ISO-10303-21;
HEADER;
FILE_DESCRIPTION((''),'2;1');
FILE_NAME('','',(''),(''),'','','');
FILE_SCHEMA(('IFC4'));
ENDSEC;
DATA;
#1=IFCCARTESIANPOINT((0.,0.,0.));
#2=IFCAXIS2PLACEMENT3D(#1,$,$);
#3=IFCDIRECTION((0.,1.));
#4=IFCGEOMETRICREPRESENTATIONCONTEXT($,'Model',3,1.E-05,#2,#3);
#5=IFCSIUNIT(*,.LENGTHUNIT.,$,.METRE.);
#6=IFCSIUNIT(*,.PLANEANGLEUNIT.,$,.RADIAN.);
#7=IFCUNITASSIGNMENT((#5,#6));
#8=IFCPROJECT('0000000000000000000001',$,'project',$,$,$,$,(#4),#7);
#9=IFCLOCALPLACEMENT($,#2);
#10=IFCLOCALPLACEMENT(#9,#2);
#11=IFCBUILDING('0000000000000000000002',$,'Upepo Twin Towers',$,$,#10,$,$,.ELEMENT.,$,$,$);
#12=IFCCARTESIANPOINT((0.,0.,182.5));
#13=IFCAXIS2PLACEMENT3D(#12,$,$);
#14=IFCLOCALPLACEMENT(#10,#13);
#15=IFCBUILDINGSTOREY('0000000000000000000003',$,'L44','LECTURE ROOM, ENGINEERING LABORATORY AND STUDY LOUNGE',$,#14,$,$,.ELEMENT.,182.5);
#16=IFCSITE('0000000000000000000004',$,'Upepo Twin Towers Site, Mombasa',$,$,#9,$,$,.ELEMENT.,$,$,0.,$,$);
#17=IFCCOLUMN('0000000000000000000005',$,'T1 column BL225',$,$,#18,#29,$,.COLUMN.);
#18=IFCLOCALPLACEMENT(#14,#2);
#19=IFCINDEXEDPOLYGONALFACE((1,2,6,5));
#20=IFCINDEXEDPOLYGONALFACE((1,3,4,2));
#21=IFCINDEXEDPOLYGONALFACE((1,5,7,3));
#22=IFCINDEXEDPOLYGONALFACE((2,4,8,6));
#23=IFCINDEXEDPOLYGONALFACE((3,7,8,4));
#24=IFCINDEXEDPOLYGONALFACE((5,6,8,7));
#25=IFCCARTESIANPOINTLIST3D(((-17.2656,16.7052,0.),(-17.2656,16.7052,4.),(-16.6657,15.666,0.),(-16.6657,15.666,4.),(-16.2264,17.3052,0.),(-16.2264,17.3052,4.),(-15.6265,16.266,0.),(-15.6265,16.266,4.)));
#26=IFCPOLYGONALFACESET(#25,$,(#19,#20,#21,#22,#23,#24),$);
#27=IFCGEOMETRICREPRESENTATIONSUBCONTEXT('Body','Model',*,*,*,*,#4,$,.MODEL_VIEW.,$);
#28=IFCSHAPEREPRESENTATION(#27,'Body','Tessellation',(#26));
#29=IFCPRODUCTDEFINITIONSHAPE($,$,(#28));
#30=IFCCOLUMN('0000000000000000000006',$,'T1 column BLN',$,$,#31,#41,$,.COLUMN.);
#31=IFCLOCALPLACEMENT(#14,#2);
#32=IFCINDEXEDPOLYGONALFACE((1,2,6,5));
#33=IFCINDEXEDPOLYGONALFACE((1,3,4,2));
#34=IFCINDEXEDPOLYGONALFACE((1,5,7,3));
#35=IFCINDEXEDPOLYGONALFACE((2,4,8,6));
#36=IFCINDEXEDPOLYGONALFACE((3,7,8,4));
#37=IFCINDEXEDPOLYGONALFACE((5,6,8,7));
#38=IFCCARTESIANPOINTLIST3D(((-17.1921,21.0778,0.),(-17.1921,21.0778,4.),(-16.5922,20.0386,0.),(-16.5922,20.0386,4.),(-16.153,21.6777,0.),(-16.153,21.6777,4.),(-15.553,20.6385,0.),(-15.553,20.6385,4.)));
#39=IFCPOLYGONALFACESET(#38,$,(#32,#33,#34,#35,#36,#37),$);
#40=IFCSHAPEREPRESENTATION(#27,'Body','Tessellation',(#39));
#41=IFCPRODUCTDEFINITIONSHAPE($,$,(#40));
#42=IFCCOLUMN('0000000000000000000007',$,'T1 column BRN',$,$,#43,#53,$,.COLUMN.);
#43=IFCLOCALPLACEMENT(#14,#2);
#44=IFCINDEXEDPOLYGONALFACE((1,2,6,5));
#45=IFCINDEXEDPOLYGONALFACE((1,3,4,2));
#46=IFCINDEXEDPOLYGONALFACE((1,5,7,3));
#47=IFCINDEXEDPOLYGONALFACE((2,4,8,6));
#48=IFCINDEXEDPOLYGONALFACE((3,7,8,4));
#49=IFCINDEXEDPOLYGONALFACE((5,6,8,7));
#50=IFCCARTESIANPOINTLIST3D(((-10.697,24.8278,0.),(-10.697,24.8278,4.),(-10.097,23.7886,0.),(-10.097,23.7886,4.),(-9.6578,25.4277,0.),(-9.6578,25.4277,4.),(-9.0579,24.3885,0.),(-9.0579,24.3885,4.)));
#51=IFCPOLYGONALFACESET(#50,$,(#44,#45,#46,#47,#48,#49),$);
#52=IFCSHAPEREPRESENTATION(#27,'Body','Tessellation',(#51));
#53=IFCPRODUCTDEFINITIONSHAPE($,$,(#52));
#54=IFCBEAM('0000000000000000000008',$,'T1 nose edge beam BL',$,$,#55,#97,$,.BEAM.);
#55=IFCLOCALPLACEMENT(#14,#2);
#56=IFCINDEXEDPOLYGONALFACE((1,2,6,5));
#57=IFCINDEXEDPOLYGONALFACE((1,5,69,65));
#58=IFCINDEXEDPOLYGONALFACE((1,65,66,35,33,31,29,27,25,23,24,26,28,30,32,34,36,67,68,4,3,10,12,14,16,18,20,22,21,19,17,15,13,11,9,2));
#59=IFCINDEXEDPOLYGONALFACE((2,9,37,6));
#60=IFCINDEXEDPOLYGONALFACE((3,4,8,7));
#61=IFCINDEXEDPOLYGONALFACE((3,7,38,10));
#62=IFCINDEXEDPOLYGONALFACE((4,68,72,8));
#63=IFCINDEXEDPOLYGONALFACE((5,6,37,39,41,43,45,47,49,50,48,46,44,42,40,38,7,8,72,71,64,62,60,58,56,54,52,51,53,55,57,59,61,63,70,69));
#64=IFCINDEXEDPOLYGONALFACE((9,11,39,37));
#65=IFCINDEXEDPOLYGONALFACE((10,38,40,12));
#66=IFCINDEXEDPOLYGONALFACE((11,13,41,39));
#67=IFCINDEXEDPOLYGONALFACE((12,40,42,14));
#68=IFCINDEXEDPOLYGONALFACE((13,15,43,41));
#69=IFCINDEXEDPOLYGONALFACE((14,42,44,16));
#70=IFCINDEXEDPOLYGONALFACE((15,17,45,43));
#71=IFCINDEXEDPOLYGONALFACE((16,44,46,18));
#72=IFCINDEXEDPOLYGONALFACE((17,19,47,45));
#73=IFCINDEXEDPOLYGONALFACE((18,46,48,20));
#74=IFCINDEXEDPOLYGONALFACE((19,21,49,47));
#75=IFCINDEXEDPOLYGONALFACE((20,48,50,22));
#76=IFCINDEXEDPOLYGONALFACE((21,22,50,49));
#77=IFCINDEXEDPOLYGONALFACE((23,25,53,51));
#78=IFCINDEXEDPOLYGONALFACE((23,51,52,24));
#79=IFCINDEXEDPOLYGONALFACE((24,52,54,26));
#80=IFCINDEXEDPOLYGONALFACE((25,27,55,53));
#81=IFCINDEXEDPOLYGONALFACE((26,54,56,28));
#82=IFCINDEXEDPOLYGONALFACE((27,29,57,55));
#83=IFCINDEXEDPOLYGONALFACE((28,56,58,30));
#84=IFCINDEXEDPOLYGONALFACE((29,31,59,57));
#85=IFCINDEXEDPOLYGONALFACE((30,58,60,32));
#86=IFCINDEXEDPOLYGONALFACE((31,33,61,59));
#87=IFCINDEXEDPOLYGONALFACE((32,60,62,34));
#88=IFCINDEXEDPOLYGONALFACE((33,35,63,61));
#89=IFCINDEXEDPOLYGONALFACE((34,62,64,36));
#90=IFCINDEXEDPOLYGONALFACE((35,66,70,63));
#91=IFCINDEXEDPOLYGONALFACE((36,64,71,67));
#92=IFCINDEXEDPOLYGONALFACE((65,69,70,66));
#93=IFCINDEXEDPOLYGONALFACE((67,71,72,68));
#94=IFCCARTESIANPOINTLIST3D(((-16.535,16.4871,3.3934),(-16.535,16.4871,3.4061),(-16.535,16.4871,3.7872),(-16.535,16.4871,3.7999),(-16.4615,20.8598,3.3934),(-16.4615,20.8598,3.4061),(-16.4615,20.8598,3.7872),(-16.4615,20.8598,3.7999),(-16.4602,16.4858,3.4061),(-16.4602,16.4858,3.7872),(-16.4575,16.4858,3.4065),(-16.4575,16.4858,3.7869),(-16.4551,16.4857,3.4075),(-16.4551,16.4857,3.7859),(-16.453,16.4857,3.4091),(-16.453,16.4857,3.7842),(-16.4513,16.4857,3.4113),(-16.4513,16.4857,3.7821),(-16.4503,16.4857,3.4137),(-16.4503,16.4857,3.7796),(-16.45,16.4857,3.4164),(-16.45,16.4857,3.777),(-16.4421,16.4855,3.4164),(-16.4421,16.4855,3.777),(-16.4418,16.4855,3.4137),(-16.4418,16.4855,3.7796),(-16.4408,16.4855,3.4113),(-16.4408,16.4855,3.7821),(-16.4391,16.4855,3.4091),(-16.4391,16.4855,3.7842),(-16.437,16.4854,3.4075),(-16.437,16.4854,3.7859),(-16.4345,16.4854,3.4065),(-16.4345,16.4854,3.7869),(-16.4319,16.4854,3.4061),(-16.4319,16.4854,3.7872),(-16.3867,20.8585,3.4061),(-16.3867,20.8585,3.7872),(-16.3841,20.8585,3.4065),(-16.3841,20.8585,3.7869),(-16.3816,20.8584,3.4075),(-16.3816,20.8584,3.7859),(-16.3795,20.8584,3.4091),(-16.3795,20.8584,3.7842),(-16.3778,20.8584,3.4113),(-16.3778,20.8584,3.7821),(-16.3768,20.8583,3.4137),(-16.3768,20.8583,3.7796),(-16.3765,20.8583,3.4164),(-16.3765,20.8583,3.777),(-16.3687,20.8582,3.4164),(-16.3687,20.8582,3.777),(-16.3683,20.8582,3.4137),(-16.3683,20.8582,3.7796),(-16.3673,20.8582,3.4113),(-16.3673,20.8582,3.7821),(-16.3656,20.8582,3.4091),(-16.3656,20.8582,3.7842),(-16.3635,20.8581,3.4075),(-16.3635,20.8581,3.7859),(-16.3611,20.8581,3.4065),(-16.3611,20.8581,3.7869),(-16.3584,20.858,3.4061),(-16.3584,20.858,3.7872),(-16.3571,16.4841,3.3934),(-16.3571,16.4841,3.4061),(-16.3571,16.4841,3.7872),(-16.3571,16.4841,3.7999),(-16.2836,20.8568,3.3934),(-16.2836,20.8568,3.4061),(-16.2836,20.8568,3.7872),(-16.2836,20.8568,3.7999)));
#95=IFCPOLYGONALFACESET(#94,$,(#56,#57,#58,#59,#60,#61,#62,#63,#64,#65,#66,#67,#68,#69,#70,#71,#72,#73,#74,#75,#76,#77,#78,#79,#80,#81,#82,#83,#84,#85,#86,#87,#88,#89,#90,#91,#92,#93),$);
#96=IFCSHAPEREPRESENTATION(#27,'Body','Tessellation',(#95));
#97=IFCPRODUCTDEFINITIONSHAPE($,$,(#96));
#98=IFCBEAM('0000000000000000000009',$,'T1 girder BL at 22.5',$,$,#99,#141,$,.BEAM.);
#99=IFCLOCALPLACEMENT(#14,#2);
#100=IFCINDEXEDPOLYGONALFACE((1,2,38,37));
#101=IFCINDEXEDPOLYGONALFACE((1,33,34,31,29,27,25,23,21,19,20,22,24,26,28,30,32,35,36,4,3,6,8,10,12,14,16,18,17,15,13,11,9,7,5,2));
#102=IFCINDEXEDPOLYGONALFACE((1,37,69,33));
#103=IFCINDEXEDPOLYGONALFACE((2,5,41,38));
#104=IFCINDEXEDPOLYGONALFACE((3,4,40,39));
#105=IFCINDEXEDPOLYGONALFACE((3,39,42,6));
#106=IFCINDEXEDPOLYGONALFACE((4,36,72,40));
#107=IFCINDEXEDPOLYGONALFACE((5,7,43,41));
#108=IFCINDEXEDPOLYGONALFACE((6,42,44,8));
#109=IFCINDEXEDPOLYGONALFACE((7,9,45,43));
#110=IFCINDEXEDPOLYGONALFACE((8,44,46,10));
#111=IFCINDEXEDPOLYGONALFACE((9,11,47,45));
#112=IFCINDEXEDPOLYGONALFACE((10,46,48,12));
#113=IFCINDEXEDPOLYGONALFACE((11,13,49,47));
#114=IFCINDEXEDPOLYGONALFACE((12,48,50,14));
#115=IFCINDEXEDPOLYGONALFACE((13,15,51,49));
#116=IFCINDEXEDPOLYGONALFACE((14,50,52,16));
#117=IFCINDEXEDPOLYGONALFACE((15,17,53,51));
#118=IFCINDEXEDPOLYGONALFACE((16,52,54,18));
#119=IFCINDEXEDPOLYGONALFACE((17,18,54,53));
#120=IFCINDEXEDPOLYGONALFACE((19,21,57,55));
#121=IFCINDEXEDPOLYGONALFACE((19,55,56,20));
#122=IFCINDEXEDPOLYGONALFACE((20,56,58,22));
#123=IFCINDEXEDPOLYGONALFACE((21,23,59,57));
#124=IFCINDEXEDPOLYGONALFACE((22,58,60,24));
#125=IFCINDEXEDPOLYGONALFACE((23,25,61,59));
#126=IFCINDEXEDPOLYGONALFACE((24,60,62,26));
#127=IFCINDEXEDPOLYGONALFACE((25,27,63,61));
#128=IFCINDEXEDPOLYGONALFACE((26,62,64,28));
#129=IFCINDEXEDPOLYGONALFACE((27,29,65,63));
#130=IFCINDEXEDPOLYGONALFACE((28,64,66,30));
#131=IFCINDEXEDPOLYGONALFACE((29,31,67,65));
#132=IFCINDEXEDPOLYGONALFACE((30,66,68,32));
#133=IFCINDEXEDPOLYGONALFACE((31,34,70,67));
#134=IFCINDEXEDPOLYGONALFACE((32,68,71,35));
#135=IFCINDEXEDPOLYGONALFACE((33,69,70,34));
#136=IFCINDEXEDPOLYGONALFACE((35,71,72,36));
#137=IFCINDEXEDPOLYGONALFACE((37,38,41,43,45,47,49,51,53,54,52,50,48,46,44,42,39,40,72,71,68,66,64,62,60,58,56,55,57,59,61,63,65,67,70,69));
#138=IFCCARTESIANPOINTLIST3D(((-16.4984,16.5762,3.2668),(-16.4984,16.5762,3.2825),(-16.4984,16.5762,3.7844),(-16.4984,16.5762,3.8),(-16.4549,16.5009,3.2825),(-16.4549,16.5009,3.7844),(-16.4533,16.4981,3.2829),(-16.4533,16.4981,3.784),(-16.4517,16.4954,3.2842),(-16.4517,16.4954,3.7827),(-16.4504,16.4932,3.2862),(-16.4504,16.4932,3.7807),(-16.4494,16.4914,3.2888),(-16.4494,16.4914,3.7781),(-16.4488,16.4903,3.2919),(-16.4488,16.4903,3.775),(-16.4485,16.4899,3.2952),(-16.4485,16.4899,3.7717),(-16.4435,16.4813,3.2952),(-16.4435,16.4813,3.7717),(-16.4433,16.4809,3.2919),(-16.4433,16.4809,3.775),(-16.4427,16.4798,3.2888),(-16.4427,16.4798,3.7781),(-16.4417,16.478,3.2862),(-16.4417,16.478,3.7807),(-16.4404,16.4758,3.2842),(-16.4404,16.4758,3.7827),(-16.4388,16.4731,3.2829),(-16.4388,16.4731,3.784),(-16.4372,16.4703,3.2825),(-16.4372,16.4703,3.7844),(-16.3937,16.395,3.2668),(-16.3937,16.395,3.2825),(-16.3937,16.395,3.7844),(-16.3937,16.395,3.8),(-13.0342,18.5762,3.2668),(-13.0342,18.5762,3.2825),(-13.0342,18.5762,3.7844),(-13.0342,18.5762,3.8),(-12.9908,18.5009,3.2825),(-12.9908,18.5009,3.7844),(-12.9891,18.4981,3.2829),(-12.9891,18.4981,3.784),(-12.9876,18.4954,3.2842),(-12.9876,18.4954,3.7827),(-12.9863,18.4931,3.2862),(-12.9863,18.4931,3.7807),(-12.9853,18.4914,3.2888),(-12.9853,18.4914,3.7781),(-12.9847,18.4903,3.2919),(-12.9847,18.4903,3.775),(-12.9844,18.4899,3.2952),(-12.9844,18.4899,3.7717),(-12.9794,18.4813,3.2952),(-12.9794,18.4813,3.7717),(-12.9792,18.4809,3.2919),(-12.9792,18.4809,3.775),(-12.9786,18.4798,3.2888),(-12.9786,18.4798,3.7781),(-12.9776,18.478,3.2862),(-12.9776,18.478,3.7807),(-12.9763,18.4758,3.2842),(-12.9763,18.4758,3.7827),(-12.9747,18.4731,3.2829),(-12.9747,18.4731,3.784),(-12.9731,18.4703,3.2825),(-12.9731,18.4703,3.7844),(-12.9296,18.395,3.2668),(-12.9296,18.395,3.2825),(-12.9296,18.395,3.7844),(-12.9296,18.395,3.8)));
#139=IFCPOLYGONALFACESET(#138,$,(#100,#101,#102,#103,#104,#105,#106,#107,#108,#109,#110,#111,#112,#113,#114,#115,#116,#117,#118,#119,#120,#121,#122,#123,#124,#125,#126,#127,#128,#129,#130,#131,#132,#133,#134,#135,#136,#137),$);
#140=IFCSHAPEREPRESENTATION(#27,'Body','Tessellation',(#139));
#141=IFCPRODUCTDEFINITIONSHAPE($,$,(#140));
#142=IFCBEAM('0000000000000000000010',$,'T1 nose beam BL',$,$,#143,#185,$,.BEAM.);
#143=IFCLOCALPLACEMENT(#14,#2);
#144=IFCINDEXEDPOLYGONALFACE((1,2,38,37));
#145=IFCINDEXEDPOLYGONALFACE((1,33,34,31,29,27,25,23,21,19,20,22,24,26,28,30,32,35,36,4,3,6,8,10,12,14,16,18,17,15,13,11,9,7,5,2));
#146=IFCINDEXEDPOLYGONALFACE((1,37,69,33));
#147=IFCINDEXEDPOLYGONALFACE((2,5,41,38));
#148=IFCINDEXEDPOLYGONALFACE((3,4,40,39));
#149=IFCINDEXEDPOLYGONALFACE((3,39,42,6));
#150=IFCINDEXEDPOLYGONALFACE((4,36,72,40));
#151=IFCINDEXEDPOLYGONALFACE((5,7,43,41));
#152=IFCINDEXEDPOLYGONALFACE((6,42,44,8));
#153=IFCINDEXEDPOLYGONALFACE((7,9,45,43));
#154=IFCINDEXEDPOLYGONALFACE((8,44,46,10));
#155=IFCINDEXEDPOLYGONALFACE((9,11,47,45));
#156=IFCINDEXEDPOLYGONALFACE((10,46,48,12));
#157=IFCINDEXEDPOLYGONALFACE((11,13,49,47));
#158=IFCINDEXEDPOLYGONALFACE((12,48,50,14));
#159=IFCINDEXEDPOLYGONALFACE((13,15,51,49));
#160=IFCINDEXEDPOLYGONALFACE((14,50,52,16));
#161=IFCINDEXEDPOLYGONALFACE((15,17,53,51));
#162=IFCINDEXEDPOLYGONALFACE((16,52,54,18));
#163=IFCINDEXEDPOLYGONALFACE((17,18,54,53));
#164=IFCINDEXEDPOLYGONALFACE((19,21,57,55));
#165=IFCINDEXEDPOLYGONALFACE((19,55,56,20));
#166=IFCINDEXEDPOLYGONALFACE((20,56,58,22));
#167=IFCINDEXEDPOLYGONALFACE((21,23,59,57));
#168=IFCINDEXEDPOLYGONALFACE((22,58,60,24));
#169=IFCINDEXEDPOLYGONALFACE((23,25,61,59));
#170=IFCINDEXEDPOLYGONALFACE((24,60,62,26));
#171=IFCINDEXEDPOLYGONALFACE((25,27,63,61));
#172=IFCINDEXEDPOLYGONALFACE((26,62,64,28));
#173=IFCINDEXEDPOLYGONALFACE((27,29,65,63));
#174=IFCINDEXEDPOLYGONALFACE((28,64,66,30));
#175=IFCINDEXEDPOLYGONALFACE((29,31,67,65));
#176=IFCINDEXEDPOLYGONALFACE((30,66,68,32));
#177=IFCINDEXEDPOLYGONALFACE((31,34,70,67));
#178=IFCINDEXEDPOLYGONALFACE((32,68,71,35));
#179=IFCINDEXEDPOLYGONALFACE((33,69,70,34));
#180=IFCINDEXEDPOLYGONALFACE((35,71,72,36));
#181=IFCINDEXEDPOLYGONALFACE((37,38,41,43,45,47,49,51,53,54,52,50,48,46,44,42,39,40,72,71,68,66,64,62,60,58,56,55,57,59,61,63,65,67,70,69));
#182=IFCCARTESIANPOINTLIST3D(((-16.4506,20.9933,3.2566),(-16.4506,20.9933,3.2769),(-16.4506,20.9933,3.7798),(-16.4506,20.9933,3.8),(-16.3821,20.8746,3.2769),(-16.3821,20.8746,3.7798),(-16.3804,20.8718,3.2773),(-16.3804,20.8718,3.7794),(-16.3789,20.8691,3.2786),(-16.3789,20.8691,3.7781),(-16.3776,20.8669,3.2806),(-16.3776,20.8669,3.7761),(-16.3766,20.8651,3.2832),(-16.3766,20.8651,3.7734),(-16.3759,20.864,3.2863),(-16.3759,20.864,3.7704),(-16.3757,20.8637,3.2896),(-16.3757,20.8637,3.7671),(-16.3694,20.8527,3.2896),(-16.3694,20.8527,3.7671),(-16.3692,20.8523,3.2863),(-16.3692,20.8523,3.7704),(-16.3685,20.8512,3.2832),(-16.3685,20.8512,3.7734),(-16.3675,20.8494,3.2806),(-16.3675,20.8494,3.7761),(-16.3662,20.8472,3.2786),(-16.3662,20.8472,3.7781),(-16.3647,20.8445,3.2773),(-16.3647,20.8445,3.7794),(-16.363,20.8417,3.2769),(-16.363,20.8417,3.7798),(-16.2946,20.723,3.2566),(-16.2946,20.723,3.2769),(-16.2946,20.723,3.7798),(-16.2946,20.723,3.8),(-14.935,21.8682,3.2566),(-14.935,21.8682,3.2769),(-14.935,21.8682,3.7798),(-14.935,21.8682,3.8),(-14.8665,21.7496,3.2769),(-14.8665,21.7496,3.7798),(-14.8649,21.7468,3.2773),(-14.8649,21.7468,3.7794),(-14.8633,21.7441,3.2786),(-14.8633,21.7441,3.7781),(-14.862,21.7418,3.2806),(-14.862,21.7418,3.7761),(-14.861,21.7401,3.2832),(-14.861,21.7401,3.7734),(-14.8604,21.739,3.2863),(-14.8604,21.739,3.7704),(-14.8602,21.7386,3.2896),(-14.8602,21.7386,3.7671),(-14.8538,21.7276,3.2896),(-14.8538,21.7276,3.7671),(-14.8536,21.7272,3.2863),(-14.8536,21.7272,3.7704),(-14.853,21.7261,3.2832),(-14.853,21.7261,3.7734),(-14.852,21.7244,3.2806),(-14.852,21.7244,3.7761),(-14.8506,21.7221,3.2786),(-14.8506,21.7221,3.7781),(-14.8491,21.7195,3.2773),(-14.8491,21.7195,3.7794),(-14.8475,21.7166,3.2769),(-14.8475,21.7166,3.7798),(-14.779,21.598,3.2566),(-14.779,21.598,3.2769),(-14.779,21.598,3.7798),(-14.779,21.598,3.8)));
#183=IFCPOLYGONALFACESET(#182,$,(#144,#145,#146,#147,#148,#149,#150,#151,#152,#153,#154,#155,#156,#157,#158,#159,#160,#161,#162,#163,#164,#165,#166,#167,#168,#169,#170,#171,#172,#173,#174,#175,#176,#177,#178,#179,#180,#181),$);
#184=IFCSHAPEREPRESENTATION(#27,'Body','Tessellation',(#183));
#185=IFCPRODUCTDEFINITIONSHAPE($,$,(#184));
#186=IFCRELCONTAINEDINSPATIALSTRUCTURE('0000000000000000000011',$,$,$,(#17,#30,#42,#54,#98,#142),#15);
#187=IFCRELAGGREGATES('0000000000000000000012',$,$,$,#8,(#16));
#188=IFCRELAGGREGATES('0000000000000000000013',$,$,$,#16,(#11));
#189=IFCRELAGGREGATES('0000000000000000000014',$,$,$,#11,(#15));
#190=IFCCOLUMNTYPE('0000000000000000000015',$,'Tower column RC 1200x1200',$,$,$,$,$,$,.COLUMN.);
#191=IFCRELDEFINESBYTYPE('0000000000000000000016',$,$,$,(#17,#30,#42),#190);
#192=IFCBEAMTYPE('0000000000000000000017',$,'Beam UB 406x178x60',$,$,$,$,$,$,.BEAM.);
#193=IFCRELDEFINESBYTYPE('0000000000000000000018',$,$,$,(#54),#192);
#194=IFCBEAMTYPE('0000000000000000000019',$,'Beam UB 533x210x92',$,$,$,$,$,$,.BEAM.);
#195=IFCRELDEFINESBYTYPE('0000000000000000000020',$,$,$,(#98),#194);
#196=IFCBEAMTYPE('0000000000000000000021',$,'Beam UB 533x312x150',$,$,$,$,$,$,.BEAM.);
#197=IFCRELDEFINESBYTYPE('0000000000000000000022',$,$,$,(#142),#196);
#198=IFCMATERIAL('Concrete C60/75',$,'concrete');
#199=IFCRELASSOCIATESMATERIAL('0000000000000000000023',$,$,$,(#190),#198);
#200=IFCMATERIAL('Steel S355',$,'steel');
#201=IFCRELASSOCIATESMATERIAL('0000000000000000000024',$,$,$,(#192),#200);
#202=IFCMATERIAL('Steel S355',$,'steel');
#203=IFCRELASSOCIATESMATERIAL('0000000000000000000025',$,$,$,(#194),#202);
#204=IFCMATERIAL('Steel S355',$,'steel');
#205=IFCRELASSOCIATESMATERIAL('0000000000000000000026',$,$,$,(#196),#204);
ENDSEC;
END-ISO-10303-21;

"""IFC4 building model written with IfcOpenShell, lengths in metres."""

from ifc_helpers import new_model, si_unit, direction, frame, origin, origin_2d, place, context, subcontext, project, spatial, rectangle, i_section, extrude, material, material_profile, profile_set, type_object, element, save


model = new_model("IFC4")

# Units and contexts
model_context = context("Model", 3, precision=1e-05, world=origin(), true_north=direction((0.0, 1.0)))
body_context = subcontext(model_context, "Body", "Model", "MODEL_VIEW")
ifc_project = project(units=[si_unit("LENGTHUNIT", "METRE"), si_unit("PLANEANGLEUNIT", "RADIAN")], contexts=[model_context])

# Site, building, storey
site_placement = place(None, origin())
site = spatial("IfcSite", under=ifc_project, at=site_placement, Name="Upepo Twin Towers Site, Mombasa", CompositionType="ELEMENT", RefElevation=0.0)
building_placement = place(site_placement, origin())
building = spatial("IfcBuilding", under=site, at=building_placement, Name="Upepo Twin Towers", CompositionType="ELEMENT")
storey_placement = place(building_placement, frame((0.0, 0.0, 182.5)))
storey = spatial("IfcBuildingStorey", under=building, at=storey_placement, Name="L44", Description="LECTURE ROOM, ENGINEERING LABORATORY AND STUDY LOUNGE", CompositionType="ELEMENT", Elevation=182.5)

# Columns
ifc_material_1 = material(Name="Concrete C60/75", Category="concrete")
ifc_material_profile_1 = material_profile(ifc_material_1, rectangle(XDim=1.2, YDim=1.2, at=origin_2d()), Name="RC 1200x1200")
ifc_profile_set_1 = profile_set([ifc_material_profile_1], Name="Concrete C60/75")
column_type = type_object("IfcColumnType", Name="Tower column RC 1200x1200", PredefinedType="COLUMN", material=ifc_profile_set_1)
for number, where, z_axis, x_axis, name in (
    (1, (-16.446, 16.4856, 0.0), (0.0, 0.0, 1.0), (0.866025, 0.5, 0.0), "T1 column BL225"),
    (2, (-16.3726, 20.8582, 0.0), (0.0, 0.0, 1.0), (0.866025, 0.5, 0.0), "T1 column BLN"),
    (3, (-9.8774, 24.6082, 0.0), (0.0, 0.0, 1.0), (0.866025, 0.5, 0.0), "T1 column BRN"),
):
    element("IfcColumn", number, at=place(storey_placement, frame(where, z_axis=z_axis, x_axis=x_axis)), inside=storey, type_object=column_type, Name=name, PredefinedType="COLUMN", context=body_context, shape_type="SweptSolid", body=[
        extrude(rectangle(XDim=1.2, YDim=1.2, at=origin_2d()), origin(), (0.0, 0.0, 1.0), 4.0),
    ])

# Beams
ifc_material_2 = material(Name="Steel S355", Category="steel")
ifc_material_profile_2 = material_profile(ifc_material_2, i_section(OverallWidth=0.178, OverallDepth=0.4065, WebThickness=0.0078, FlangeThickness=0.0127, FilletRadius=0.0103, at=origin_2d()), Name="UB 406x178x60")
ifc_profile_set_2 = profile_set([ifc_material_profile_2], Name="Steel S355")
beam_type_1 = type_object("IfcBeamType", Name="Beam UB 406x178x60", PredefinedType="BEAM", material=ifc_profile_set_2)
beam_1_placement = place(storey_placement, frame((-16.446, 16.4856, 3.5967), z_axis=(0.016804, 0.999859, 0.0), x_axis=(-0.999859, 0.016804, 0.0)))
element("IfcBeam", 4, at=beam_1_placement, inside=storey, type_object=beam_type_1, Name="T1 nose edge beam BL", PredefinedType="BEAM", context=body_context, shape_type="SweptSolid", body=[
    extrude(i_section(OverallWidth=0.178, OverallDepth=0.4065, WebThickness=0.0078, FlangeThickness=0.0127, FilletRadius=0.0103, at=origin_2d()), origin(), (0.0, 0.0, 1.0), 4.3733),
])
ifc_material_3 = material(Name="Steel S355", Category="steel")
ifc_material_profile_3 = material_profile(ifc_material_3, i_section(OverallWidth=0.2092, OverallDepth=0.5332, WebThickness=0.01, FlangeThickness=0.0156, FilletRadius=0.0127, at=origin_2d()), Name="UB 533x210x92")
ifc_profile_set_3 = profile_set([ifc_material_profile_3], Name="Steel S355")
beam_type_2 = type_object("IfcBeamType", Name="Beam UB 533x210x92", PredefinedType="BEAM", material=ifc_profile_set_3)
beam_2_placement = place(storey_placement, frame((-16.446, 16.4856, 3.5334), z_axis=(0.866026, 0.499999, 0.0), x_axis=(-0.499999, 0.866026, 0.0)))
element("IfcBeam", 5, at=beam_2_placement, inside=storey, type_object=beam_type_2, Name="T1 girder BL at 22.5", PredefinedType="BEAM", context=body_context, shape_type="SweptSolid", body=[
    extrude(i_section(OverallWidth=0.2092, OverallDepth=0.5332, WebThickness=0.01, FlangeThickness=0.0156, FilletRadius=0.0127, at=origin_2d()), origin(), (0.0, 0.0, 1.0), 4.0),
])
ifc_material_4 = material(Name="Steel S355", Category="steel")
ifc_material_profile_4 = material_profile(ifc_material_4, i_section(OverallWidth=0.312, OverallDepth=0.5435, WebThickness=0.0127, FlangeThickness=0.0203, FilletRadius=0.0127, at=origin_2d()), Name="UB 533x312x150")
ifc_profile_set_4 = profile_set([ifc_material_profile_4], Name="Steel S355")
beam_type_3 = type_object("IfcBeamType", Name="Beam UB 533x312x150", PredefinedType="BEAM", material=ifc_profile_set_4)
for number, where, z_axis, x_axis, name in (
    (6, (-16.3726, 20.8582, 3.5283), (0.866037, 0.49998, 0.0), (-0.49998, 0.866037, 0.0), "T1 nose beam BL"),
):
    element("IfcBeam", number, at=place(storey_placement, frame(where, z_axis=z_axis, x_axis=x_axis)), inside=storey, type_object=beam_type_3, Name=name, PredefinedType="BEAM", context=body_context, shape_type="SweptSolid", body=[
        extrude(i_section(OverallWidth=0.312, OverallDepth=0.5435, WebThickness=0.0127, FlangeThickness=0.0203, FilletRadius=0.0127, at=origin_2d()), origin(), (0.0, 0.0, 1.0), 1.75),
    ])

save(model, "model.ifc")
